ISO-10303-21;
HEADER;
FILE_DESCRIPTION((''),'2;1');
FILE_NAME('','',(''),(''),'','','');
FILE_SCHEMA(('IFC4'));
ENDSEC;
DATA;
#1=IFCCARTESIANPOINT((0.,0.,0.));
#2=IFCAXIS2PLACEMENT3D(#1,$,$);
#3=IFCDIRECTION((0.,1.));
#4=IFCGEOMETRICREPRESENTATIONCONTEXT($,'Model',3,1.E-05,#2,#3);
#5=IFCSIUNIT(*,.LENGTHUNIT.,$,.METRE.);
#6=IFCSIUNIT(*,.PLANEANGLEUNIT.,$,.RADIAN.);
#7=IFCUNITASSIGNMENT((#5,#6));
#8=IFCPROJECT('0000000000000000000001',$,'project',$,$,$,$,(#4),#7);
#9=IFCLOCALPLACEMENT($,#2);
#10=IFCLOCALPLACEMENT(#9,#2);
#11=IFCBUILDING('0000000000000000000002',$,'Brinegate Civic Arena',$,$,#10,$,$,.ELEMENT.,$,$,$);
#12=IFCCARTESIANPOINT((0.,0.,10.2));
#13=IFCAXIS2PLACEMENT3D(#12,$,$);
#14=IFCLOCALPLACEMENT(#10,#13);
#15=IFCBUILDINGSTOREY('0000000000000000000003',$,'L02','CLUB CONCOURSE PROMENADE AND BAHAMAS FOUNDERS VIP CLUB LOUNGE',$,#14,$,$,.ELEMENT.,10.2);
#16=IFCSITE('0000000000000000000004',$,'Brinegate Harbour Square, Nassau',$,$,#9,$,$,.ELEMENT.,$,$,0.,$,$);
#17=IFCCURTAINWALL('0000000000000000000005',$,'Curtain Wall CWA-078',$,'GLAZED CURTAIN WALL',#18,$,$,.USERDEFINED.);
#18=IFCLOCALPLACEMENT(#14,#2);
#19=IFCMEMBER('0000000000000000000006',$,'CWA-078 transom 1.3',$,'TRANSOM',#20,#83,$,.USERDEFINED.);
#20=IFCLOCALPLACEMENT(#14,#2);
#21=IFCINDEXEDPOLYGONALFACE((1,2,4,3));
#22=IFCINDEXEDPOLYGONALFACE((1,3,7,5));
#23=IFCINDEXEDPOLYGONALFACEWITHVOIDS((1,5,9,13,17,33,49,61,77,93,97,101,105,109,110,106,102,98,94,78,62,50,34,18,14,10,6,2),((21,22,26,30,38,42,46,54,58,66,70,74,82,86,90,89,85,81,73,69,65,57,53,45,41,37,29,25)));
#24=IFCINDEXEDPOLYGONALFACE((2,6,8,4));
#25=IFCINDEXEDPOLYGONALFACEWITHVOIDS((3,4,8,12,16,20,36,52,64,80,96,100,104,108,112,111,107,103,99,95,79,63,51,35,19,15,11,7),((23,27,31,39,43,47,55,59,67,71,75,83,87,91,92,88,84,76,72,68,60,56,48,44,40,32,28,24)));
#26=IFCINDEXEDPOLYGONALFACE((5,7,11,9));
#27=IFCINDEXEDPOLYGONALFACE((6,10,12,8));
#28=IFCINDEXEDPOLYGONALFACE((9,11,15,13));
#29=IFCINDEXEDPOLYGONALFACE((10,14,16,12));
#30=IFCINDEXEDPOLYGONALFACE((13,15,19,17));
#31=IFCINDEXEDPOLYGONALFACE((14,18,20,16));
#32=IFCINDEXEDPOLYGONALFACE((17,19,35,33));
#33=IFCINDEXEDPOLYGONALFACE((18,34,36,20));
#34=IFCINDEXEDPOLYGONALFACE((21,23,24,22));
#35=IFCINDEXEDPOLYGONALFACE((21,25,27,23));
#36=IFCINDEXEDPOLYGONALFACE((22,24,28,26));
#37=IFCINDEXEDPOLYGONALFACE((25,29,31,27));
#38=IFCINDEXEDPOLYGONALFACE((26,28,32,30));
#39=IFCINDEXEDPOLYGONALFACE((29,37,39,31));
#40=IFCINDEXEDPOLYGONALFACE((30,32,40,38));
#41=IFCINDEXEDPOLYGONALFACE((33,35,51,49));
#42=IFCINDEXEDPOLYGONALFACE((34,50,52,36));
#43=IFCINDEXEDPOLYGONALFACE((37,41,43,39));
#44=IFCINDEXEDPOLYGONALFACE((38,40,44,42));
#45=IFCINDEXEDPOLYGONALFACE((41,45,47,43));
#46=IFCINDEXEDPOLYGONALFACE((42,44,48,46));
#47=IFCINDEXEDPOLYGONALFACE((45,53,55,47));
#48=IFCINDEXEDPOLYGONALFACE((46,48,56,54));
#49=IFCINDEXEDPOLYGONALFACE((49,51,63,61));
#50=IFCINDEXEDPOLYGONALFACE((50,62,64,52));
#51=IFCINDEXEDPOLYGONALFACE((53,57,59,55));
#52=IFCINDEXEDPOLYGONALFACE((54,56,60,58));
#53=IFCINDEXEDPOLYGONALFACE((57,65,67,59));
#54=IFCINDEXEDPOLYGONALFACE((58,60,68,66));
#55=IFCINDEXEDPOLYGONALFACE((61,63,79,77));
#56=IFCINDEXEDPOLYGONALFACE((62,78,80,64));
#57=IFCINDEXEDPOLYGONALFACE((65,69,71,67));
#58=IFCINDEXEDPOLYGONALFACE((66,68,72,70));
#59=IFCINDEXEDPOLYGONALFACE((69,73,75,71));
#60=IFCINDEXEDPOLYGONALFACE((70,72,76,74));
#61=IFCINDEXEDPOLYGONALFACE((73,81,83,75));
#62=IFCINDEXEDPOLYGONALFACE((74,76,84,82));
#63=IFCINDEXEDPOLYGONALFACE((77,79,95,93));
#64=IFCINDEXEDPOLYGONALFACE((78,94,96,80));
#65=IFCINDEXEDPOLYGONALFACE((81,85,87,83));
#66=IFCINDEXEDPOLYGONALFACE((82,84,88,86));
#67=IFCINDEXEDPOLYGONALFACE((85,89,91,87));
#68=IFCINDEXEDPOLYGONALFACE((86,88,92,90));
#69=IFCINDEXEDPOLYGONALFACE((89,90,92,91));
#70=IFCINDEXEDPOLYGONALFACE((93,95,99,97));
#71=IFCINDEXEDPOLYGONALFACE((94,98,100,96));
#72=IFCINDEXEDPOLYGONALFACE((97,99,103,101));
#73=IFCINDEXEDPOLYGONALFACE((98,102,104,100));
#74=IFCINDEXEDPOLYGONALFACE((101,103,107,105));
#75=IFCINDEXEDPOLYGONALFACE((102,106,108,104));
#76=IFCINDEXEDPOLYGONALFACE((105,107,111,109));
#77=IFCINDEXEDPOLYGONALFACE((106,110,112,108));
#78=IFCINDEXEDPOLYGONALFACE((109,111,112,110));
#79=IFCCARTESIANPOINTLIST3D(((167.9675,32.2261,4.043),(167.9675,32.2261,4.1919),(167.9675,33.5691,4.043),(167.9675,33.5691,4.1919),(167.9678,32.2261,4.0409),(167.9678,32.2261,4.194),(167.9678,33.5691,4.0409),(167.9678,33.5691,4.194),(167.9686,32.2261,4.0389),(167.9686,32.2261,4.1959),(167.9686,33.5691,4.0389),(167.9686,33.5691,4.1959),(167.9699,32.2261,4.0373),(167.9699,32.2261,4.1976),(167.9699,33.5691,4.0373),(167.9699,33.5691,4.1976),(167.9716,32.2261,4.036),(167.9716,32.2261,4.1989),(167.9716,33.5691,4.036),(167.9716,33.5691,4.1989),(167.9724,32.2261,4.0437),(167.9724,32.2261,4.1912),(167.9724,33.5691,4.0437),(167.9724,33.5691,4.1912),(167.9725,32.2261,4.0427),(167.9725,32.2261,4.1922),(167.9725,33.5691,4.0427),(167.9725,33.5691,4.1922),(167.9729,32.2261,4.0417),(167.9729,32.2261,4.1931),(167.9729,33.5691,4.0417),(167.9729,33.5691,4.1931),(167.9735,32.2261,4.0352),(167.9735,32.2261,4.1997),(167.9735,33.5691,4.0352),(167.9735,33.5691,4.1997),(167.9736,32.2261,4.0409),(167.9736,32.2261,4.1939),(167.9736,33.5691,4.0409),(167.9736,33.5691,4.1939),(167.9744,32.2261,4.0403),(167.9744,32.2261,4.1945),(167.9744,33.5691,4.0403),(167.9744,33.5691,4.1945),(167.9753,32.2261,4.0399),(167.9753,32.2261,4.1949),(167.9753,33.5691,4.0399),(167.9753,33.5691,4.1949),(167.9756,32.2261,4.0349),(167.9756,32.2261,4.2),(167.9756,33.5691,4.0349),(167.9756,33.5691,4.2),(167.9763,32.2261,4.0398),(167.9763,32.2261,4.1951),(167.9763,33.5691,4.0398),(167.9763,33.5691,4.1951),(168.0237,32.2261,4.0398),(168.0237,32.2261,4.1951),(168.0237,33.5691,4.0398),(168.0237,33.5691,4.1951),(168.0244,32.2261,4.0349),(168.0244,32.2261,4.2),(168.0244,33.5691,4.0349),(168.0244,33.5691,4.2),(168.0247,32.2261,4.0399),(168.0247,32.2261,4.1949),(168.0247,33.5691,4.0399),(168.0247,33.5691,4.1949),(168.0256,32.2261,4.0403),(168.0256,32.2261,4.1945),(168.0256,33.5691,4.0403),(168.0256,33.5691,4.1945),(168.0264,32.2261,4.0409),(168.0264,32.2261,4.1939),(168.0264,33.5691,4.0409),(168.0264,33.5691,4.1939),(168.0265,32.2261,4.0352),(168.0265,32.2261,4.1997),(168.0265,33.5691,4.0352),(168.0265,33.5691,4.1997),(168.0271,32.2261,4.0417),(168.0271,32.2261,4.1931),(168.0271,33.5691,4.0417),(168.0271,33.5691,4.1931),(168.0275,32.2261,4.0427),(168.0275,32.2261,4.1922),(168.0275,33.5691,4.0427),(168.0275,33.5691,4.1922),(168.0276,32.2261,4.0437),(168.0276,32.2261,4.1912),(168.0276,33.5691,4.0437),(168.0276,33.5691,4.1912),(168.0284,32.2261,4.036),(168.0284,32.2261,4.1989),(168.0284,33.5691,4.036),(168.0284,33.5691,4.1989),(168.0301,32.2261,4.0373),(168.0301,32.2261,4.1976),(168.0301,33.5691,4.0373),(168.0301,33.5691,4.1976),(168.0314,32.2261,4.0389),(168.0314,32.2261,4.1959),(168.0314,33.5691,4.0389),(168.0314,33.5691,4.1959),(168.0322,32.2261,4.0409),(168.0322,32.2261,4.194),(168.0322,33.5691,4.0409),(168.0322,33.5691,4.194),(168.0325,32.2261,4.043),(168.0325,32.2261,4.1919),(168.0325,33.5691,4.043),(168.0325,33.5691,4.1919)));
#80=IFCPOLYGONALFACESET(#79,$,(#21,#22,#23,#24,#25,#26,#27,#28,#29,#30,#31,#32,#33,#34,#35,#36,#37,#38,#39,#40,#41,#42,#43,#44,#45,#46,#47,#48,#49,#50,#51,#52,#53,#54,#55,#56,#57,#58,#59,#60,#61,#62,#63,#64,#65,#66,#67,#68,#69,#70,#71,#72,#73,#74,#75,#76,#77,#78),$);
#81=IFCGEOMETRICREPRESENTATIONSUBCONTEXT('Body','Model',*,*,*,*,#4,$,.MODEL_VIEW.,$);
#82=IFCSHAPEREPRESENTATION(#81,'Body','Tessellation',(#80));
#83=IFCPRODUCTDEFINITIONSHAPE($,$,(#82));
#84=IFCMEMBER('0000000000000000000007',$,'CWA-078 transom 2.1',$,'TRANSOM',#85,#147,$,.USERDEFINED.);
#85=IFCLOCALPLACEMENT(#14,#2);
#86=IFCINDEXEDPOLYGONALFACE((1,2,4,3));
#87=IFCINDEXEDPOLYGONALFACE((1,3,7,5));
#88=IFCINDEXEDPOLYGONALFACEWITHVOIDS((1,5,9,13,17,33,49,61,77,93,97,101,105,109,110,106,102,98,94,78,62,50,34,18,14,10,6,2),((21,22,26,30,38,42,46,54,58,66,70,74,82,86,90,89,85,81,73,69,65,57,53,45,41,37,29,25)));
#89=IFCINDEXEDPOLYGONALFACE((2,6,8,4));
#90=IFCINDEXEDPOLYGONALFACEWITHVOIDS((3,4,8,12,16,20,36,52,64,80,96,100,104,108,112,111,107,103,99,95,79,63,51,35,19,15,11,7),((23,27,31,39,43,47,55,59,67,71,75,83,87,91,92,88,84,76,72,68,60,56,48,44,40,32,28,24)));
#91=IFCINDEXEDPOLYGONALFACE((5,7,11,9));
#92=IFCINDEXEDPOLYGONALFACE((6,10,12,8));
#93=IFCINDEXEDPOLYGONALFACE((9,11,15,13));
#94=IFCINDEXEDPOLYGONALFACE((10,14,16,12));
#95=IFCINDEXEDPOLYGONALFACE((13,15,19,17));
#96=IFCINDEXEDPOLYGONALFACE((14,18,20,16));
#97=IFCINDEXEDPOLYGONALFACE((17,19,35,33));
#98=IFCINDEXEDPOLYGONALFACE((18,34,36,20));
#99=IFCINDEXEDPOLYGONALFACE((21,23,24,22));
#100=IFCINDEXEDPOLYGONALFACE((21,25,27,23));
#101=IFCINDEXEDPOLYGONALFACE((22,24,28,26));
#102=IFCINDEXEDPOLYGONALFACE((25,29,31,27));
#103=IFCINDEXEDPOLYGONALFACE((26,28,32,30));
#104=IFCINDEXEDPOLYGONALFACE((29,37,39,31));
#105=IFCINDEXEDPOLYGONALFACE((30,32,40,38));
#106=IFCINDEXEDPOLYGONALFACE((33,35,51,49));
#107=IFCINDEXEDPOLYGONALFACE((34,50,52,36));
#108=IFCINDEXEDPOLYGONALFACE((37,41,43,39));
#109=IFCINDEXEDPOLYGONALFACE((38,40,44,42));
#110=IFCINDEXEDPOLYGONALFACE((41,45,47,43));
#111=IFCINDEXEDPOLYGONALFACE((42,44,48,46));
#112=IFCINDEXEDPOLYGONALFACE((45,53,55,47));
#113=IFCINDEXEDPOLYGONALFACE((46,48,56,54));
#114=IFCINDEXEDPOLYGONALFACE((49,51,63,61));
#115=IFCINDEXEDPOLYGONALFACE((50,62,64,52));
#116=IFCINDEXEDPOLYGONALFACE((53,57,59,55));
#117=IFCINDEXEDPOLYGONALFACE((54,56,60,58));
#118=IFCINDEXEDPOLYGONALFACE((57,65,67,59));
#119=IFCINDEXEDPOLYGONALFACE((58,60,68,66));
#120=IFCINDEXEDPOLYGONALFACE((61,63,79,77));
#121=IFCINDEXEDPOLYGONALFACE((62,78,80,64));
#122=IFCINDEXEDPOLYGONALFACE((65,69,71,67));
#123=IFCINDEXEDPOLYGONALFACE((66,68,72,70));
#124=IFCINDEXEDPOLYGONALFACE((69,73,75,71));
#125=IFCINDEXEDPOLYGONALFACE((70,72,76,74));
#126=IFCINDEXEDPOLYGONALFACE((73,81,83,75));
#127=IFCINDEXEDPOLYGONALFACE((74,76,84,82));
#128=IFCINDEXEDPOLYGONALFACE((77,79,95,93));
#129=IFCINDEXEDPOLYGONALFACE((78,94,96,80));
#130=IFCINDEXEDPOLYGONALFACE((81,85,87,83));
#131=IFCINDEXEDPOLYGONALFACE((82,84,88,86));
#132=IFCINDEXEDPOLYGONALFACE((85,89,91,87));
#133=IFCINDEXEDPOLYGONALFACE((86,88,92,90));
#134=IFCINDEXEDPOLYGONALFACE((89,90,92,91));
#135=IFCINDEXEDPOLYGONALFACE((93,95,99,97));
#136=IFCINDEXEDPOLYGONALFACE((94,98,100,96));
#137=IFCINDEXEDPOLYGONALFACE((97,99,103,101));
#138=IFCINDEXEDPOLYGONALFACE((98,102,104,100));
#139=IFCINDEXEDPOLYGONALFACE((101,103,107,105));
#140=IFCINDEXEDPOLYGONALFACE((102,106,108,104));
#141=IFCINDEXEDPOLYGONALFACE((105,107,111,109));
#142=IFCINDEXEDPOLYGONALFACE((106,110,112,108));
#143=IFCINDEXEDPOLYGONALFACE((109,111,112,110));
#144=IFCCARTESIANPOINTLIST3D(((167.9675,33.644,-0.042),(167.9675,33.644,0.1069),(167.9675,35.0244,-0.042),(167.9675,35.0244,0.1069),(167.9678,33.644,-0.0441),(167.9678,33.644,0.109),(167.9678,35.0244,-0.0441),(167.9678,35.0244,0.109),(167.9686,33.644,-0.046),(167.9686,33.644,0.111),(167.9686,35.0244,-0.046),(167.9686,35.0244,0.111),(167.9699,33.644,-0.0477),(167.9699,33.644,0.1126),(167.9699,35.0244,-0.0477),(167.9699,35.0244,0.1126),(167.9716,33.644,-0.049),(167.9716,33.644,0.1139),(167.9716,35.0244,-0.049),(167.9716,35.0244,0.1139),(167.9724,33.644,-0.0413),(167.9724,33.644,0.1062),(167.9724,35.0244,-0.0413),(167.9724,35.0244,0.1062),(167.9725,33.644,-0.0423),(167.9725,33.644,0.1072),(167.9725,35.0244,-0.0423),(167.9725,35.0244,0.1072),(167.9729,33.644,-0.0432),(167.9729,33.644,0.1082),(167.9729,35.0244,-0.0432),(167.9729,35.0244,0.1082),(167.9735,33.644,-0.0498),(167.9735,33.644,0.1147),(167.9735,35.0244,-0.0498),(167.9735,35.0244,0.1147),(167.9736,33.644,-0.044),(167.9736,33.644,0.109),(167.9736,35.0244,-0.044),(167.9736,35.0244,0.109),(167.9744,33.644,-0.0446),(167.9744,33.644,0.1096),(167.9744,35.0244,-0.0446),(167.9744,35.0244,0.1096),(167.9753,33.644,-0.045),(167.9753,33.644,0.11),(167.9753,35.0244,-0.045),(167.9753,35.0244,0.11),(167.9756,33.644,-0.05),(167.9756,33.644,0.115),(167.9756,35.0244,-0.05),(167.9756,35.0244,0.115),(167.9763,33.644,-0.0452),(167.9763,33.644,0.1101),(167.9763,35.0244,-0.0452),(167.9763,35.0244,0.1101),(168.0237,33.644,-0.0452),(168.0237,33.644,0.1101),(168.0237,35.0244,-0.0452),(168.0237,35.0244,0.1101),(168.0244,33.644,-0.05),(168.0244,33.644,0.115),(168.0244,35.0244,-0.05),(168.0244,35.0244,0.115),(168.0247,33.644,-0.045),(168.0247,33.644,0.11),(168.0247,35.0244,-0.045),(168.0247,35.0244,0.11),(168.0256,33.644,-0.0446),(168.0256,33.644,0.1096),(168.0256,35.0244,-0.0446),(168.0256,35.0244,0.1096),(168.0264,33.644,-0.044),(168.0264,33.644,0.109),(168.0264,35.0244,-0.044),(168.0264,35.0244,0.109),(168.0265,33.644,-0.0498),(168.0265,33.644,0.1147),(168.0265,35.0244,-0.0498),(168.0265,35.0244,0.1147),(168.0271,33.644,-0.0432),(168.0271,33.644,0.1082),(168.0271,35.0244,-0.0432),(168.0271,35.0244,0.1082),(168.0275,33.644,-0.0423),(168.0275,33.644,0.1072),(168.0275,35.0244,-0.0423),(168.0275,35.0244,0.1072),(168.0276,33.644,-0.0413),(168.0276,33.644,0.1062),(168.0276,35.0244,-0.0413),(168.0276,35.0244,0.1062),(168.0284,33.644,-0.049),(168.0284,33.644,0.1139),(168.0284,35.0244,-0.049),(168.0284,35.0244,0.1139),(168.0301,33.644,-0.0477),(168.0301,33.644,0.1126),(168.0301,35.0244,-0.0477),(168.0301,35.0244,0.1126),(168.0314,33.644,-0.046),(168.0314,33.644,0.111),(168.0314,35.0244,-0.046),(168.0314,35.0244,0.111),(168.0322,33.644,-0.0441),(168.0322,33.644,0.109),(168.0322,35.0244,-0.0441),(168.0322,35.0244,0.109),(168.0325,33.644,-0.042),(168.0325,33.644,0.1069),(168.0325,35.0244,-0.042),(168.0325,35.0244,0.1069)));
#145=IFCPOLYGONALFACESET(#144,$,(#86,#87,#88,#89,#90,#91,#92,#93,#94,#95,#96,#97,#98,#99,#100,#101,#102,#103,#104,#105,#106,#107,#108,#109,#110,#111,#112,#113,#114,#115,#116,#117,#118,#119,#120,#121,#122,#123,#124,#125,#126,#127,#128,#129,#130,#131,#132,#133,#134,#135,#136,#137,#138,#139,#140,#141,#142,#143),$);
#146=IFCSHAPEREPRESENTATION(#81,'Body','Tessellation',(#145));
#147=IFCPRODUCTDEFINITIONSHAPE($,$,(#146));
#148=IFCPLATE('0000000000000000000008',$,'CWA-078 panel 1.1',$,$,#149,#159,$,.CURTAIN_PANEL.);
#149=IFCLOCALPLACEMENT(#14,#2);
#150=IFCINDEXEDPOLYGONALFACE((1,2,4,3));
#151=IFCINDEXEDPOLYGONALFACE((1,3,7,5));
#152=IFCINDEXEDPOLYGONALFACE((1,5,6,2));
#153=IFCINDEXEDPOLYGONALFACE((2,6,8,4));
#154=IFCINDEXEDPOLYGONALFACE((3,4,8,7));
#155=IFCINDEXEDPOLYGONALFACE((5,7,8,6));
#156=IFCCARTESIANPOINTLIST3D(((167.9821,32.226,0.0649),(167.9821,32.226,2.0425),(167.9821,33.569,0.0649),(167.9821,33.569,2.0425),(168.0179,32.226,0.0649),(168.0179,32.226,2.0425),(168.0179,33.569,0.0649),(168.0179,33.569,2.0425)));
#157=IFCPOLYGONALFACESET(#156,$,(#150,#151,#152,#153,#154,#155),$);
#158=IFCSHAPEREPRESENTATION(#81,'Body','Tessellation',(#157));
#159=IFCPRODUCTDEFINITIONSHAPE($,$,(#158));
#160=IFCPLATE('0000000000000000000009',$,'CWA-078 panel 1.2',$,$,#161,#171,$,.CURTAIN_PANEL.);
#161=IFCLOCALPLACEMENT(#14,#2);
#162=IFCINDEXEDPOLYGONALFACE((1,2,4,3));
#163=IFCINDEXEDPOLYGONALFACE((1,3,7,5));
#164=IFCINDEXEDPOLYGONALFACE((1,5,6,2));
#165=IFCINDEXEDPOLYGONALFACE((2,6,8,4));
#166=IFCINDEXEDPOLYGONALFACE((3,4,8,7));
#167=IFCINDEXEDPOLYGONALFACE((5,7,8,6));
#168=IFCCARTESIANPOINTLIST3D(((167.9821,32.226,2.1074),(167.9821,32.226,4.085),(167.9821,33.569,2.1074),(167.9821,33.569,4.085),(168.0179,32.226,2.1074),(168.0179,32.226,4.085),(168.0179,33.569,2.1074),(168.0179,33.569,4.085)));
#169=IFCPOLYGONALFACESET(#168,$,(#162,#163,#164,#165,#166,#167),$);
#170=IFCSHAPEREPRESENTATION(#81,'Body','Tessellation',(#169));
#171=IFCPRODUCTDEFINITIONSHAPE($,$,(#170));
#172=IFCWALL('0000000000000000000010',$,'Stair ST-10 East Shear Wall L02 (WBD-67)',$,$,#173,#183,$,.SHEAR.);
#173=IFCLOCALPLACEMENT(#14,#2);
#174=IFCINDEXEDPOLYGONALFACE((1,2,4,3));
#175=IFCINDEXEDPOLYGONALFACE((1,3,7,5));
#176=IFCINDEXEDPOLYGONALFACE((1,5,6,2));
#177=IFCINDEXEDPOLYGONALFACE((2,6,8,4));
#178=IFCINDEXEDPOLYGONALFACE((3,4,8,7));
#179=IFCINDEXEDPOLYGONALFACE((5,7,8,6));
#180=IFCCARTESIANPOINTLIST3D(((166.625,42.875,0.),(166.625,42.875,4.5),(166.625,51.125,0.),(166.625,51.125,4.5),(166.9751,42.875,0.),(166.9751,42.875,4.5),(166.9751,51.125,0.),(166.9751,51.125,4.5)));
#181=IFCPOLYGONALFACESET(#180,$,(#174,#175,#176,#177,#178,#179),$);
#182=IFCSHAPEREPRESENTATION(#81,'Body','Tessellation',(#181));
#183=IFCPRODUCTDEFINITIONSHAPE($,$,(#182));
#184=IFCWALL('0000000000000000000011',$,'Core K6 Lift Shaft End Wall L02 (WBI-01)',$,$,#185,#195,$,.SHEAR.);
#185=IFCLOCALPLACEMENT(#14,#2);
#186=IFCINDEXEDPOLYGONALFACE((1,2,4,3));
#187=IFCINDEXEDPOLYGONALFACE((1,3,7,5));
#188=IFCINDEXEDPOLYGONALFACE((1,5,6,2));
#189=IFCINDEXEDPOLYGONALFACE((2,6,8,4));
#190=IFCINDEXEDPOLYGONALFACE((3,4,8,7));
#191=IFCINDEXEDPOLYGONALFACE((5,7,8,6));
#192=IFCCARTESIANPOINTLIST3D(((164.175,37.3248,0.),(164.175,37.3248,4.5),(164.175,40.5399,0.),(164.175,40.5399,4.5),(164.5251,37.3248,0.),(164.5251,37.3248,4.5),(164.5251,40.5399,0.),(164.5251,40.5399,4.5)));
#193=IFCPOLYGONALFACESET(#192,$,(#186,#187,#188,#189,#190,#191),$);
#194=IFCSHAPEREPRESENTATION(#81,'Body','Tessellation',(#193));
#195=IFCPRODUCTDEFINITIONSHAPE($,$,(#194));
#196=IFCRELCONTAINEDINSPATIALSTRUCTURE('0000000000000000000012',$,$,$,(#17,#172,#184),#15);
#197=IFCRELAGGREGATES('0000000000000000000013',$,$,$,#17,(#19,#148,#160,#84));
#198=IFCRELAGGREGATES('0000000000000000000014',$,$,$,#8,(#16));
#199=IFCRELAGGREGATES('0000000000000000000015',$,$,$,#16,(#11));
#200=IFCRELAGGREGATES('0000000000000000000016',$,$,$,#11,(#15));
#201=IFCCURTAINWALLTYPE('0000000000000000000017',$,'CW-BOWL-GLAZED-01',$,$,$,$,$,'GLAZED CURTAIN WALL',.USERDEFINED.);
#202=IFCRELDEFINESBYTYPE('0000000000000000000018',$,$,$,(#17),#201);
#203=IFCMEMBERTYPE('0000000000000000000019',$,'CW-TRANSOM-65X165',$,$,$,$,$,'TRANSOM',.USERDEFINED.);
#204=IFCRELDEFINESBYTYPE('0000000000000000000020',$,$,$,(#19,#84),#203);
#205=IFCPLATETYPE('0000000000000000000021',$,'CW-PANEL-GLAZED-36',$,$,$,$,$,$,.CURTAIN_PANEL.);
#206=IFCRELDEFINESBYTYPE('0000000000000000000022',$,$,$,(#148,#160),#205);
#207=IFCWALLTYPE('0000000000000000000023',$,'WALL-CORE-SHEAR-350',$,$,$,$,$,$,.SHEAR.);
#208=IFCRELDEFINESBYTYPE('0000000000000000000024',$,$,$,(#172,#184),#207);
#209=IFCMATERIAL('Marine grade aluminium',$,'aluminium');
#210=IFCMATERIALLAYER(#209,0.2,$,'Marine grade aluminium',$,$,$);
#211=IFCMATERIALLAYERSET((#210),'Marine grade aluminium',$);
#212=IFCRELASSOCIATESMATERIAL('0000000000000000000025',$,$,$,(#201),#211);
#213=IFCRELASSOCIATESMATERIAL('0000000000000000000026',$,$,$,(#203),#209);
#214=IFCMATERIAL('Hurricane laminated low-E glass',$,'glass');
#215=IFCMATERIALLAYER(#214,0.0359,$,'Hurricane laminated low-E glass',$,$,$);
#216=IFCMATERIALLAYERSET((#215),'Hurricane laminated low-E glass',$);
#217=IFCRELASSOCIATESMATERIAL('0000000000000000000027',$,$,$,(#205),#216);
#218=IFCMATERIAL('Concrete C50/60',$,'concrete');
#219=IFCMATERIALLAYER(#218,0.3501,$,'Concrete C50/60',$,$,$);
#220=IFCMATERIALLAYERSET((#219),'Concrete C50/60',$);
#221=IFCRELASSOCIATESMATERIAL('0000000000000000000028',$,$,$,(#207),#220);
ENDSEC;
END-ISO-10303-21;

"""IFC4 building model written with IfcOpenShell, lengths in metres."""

from ifc_helpers import new_model, si_unit, direction, frame, frame_2d, origin, origin_2d, place, context, subcontext, project, spatial, rectangle, hollow_rectangle, extrude, material, layer, layer_set, material_profile, profile_set, type_object, element, aggregate, save


model = new_model("IFC4")

# Units and contexts
model_context = context("Model", 3, precision=1e-05, world=origin(), true_north=direction((0.0, 1.0)))
body_context = subcontext(model_context, "Body", "Model", "MODEL_VIEW")
ifc_project = project(units=[si_unit("LENGTHUNIT", "METRE"), si_unit("PLANEANGLEUNIT", "RADIAN")], contexts=[model_context])

# Site, building, storey
site_placement = place(None, origin())
site = spatial("IfcSite", under=ifc_project, at=site_placement, Name="Brinegate Harbour Square, Nassau", CompositionType="ELEMENT", RefElevation=0.0)
building_placement = place(site_placement, origin())
building = spatial("IfcBuilding", under=site, at=building_placement, Name="Brinegate Civic Arena", CompositionType="ELEMENT")
storey_placement = place(building_placement, frame((0.0, 0.0, 10.2)))
storey = spatial("IfcBuildingStorey", under=building, at=storey_placement, Name="L02", Description="CLUB CONCOURSE PROMENADE AND BAHAMAS FOUNDERS VIP CLUB LOUNGE", CompositionType="ELEMENT", Elevation=10.2)

# Curtain wall, members, plates
ifc_material_1 = material(Name="Marine grade aluminium", Category="aluminium")
ifc_layer_1 = layer(ifc_material_1, 0.2, Name="Marine grade aluminium")
ifc_layer_set_1 = layer_set([ifc_layer_1], Name="Marine grade aluminium")
curtain_wall_type = type_object("IfcCurtainWallType", Name="CW-BOWL-GLAZED-01", ElementType="GLAZED CURTAIN WALL", PredefinedType="USERDEFINED", material=ifc_layer_set_1)
curtain_wall_placement = place(storey_placement, origin())
curtain_wall = element("IfcCurtainWall", 1, at=curtain_wall_placement, inside=storey, type_object=curtain_wall_type, Name="Curtain Wall CWA-078", ObjectType="GLAZED CURTAIN WALL", PredefinedType="USERDEFINED")
ifc_material_profile_1 = material_profile(ifc_material_1, hollow_rectangle(XDim=0.0649, YDim=0.165, WallThickness=0.0049, InnerFilletRadius=0.0039, OuterFilletRadius=0.0081, at=origin_2d()), Name="TRN65X165")
ifc_profile_set_1 = profile_set([ifc_material_profile_1], Name="Marine grade aluminium")
member_type_1 = type_object("IfcMemberType", Name="CW-TRANSOM-65X165", ElementType="TRANSOM", PredefinedType="USERDEFINED", material=ifc_profile_set_1)
member_1_placement = place(storey_placement, frame((168.0, 32.2261, 4.1174), z_axis=(0.0, 1.0, 0.0), x_axis=(-1.0, 0.0, 0.0)))
member_1 = element("IfcMember", 2, at=member_1_placement, type_object=member_type_1, Name="CWA-078 transom 1.3", ObjectType="TRANSOM", PredefinedType="USERDEFINED", context=body_context, shape_type="SweptSolid", body=[
    extrude(hollow_rectangle(XDim=0.0649, YDim=0.165, WallThickness=0.0049, InnerFilletRadius=0.0039, OuterFilletRadius=0.0081, at=origin_2d()), origin(), (0.0, 0.0, 1.0), 1.343),
])
member_2_placement = place(storey_placement, frame((168.0, 33.644, 0.0325), z_axis=(0.0, 1.0, 0.0), x_axis=(-1.0, 0.0, 0.0)))
member_2 = element("IfcMember", 3, at=member_2_placement, type_object=member_type_1, Name="CWA-078 transom 2.1", ObjectType="TRANSOM", PredefinedType="USERDEFINED", context=body_context, shape_type="SweptSolid", body=[
    extrude(hollow_rectangle(XDim=0.0649, YDim=0.165, WallThickness=0.0049, InnerFilletRadius=0.0039, OuterFilletRadius=0.0081, at=origin_2d()), origin(), (0.0, 0.0, 1.0), 1.3804),
])
ifc_material_2 = material(Name="Hurricane laminated low-E glass", Category="glass")
ifc_layer_2 = layer(ifc_material_2, 0.0359, Name="Hurricane laminated low-E glass")
ifc_layer_set_2 = layer_set([ifc_layer_2], Name="Hurricane laminated low-E glass")
plate_type = type_object("IfcPlateType", Name="CW-PANEL-GLAZED-36", PredefinedType="CURTAIN_PANEL", material=ifc_layer_set_2)
plate_1_placement = place(storey_placement, frame((168.0, 32.8975, 0.0649), z_axis=(0.0, 0.0, 1.0), x_axis=(0.0, 1.0, 0.0)))
plate_1 = element("IfcPlate", 4, at=plate_1_placement, type_object=plate_type, Name="CWA-078 panel 1.1", PredefinedType="CURTAIN_PANEL", context=body_context, shape_type="SweptSolid", body=[
    extrude(rectangle(XDim=1.343, YDim=0.0359, at=origin_2d()), origin(), (0.0, 0.0, 1.0), 1.9775),
])
plate_2_placement = place(storey_placement, frame((168.0, 32.8975, 2.1074), z_axis=(0.0, 0.0, 1.0), x_axis=(0.0, 1.0, 0.0)))
plate_2 = element("IfcPlate", 5, at=plate_2_placement, type_object=plate_type, Name="CWA-078 panel 1.2", PredefinedType="CURTAIN_PANEL", context=body_context, shape_type="SweptSolid", body=[
    extrude(rectangle(XDim=1.343, YDim=0.0359, at=origin_2d()), origin(), (0.0, 0.0, 1.0), 1.9775),
])
aggregate(curtain_wall, [member_1, plate_1, plate_2, member_2])

# Walls
ifc_material_3 = material(Name="Concrete C50/60", Category="concrete")
ifc_layer_3 = layer(ifc_material_3, 0.3501, Name="Concrete C50/60")
ifc_layer_set_3 = layer_set([ifc_layer_3], Name="Concrete C50/60")
wall_type_1 = type_object("IfcWallType", Name="WALL-CORE-SHEAR-350", PredefinedType="SHEAR", material=ifc_layer_set_3)
wall_1_placement = place(storey_placement, frame((166.8, 42.875, 0.0), z_axis=(0.0, 0.0, 1.0), x_axis=(0.0, 1.0, 0.0)))
element("IfcWall", 6, at=wall_1_placement, inside=storey, type_object=wall_type_1, Name="Stair ST-10 East Shear Wall L02 (WBD-67)", PredefinedType="SHEAR", context=body_context, shape_type="SweptSolid", body=[
    extrude(rectangle(XDim=8.25, YDim=0.3501, at=frame_2d((4.125, 0.0))), origin(), (0.0, 0.0, 1.0), 4.5),
])
wall_2_placement = place(storey_placement, frame((164.3501, 37.325, 0.0), z_axis=(0.0, 0.0, 1.0), x_axis=(0.0, 1.0, 0.0)))
element("IfcWall", 7, at=wall_2_placement, inside=storey, type_object=wall_type_1, Name="Core K6 Lift Shaft End Wall L02 (WBI-01)", PredefinedType="SHEAR", context=body_context, shape_type="SweptSolid", body=[
    extrude(rectangle(XDim=3.2151, YDim=0.3501, at=frame_2d((1.6074, 0.0))), origin(), (0.0, 0.0, 1.0), 4.5),
])

save(model, "model.ifc")
